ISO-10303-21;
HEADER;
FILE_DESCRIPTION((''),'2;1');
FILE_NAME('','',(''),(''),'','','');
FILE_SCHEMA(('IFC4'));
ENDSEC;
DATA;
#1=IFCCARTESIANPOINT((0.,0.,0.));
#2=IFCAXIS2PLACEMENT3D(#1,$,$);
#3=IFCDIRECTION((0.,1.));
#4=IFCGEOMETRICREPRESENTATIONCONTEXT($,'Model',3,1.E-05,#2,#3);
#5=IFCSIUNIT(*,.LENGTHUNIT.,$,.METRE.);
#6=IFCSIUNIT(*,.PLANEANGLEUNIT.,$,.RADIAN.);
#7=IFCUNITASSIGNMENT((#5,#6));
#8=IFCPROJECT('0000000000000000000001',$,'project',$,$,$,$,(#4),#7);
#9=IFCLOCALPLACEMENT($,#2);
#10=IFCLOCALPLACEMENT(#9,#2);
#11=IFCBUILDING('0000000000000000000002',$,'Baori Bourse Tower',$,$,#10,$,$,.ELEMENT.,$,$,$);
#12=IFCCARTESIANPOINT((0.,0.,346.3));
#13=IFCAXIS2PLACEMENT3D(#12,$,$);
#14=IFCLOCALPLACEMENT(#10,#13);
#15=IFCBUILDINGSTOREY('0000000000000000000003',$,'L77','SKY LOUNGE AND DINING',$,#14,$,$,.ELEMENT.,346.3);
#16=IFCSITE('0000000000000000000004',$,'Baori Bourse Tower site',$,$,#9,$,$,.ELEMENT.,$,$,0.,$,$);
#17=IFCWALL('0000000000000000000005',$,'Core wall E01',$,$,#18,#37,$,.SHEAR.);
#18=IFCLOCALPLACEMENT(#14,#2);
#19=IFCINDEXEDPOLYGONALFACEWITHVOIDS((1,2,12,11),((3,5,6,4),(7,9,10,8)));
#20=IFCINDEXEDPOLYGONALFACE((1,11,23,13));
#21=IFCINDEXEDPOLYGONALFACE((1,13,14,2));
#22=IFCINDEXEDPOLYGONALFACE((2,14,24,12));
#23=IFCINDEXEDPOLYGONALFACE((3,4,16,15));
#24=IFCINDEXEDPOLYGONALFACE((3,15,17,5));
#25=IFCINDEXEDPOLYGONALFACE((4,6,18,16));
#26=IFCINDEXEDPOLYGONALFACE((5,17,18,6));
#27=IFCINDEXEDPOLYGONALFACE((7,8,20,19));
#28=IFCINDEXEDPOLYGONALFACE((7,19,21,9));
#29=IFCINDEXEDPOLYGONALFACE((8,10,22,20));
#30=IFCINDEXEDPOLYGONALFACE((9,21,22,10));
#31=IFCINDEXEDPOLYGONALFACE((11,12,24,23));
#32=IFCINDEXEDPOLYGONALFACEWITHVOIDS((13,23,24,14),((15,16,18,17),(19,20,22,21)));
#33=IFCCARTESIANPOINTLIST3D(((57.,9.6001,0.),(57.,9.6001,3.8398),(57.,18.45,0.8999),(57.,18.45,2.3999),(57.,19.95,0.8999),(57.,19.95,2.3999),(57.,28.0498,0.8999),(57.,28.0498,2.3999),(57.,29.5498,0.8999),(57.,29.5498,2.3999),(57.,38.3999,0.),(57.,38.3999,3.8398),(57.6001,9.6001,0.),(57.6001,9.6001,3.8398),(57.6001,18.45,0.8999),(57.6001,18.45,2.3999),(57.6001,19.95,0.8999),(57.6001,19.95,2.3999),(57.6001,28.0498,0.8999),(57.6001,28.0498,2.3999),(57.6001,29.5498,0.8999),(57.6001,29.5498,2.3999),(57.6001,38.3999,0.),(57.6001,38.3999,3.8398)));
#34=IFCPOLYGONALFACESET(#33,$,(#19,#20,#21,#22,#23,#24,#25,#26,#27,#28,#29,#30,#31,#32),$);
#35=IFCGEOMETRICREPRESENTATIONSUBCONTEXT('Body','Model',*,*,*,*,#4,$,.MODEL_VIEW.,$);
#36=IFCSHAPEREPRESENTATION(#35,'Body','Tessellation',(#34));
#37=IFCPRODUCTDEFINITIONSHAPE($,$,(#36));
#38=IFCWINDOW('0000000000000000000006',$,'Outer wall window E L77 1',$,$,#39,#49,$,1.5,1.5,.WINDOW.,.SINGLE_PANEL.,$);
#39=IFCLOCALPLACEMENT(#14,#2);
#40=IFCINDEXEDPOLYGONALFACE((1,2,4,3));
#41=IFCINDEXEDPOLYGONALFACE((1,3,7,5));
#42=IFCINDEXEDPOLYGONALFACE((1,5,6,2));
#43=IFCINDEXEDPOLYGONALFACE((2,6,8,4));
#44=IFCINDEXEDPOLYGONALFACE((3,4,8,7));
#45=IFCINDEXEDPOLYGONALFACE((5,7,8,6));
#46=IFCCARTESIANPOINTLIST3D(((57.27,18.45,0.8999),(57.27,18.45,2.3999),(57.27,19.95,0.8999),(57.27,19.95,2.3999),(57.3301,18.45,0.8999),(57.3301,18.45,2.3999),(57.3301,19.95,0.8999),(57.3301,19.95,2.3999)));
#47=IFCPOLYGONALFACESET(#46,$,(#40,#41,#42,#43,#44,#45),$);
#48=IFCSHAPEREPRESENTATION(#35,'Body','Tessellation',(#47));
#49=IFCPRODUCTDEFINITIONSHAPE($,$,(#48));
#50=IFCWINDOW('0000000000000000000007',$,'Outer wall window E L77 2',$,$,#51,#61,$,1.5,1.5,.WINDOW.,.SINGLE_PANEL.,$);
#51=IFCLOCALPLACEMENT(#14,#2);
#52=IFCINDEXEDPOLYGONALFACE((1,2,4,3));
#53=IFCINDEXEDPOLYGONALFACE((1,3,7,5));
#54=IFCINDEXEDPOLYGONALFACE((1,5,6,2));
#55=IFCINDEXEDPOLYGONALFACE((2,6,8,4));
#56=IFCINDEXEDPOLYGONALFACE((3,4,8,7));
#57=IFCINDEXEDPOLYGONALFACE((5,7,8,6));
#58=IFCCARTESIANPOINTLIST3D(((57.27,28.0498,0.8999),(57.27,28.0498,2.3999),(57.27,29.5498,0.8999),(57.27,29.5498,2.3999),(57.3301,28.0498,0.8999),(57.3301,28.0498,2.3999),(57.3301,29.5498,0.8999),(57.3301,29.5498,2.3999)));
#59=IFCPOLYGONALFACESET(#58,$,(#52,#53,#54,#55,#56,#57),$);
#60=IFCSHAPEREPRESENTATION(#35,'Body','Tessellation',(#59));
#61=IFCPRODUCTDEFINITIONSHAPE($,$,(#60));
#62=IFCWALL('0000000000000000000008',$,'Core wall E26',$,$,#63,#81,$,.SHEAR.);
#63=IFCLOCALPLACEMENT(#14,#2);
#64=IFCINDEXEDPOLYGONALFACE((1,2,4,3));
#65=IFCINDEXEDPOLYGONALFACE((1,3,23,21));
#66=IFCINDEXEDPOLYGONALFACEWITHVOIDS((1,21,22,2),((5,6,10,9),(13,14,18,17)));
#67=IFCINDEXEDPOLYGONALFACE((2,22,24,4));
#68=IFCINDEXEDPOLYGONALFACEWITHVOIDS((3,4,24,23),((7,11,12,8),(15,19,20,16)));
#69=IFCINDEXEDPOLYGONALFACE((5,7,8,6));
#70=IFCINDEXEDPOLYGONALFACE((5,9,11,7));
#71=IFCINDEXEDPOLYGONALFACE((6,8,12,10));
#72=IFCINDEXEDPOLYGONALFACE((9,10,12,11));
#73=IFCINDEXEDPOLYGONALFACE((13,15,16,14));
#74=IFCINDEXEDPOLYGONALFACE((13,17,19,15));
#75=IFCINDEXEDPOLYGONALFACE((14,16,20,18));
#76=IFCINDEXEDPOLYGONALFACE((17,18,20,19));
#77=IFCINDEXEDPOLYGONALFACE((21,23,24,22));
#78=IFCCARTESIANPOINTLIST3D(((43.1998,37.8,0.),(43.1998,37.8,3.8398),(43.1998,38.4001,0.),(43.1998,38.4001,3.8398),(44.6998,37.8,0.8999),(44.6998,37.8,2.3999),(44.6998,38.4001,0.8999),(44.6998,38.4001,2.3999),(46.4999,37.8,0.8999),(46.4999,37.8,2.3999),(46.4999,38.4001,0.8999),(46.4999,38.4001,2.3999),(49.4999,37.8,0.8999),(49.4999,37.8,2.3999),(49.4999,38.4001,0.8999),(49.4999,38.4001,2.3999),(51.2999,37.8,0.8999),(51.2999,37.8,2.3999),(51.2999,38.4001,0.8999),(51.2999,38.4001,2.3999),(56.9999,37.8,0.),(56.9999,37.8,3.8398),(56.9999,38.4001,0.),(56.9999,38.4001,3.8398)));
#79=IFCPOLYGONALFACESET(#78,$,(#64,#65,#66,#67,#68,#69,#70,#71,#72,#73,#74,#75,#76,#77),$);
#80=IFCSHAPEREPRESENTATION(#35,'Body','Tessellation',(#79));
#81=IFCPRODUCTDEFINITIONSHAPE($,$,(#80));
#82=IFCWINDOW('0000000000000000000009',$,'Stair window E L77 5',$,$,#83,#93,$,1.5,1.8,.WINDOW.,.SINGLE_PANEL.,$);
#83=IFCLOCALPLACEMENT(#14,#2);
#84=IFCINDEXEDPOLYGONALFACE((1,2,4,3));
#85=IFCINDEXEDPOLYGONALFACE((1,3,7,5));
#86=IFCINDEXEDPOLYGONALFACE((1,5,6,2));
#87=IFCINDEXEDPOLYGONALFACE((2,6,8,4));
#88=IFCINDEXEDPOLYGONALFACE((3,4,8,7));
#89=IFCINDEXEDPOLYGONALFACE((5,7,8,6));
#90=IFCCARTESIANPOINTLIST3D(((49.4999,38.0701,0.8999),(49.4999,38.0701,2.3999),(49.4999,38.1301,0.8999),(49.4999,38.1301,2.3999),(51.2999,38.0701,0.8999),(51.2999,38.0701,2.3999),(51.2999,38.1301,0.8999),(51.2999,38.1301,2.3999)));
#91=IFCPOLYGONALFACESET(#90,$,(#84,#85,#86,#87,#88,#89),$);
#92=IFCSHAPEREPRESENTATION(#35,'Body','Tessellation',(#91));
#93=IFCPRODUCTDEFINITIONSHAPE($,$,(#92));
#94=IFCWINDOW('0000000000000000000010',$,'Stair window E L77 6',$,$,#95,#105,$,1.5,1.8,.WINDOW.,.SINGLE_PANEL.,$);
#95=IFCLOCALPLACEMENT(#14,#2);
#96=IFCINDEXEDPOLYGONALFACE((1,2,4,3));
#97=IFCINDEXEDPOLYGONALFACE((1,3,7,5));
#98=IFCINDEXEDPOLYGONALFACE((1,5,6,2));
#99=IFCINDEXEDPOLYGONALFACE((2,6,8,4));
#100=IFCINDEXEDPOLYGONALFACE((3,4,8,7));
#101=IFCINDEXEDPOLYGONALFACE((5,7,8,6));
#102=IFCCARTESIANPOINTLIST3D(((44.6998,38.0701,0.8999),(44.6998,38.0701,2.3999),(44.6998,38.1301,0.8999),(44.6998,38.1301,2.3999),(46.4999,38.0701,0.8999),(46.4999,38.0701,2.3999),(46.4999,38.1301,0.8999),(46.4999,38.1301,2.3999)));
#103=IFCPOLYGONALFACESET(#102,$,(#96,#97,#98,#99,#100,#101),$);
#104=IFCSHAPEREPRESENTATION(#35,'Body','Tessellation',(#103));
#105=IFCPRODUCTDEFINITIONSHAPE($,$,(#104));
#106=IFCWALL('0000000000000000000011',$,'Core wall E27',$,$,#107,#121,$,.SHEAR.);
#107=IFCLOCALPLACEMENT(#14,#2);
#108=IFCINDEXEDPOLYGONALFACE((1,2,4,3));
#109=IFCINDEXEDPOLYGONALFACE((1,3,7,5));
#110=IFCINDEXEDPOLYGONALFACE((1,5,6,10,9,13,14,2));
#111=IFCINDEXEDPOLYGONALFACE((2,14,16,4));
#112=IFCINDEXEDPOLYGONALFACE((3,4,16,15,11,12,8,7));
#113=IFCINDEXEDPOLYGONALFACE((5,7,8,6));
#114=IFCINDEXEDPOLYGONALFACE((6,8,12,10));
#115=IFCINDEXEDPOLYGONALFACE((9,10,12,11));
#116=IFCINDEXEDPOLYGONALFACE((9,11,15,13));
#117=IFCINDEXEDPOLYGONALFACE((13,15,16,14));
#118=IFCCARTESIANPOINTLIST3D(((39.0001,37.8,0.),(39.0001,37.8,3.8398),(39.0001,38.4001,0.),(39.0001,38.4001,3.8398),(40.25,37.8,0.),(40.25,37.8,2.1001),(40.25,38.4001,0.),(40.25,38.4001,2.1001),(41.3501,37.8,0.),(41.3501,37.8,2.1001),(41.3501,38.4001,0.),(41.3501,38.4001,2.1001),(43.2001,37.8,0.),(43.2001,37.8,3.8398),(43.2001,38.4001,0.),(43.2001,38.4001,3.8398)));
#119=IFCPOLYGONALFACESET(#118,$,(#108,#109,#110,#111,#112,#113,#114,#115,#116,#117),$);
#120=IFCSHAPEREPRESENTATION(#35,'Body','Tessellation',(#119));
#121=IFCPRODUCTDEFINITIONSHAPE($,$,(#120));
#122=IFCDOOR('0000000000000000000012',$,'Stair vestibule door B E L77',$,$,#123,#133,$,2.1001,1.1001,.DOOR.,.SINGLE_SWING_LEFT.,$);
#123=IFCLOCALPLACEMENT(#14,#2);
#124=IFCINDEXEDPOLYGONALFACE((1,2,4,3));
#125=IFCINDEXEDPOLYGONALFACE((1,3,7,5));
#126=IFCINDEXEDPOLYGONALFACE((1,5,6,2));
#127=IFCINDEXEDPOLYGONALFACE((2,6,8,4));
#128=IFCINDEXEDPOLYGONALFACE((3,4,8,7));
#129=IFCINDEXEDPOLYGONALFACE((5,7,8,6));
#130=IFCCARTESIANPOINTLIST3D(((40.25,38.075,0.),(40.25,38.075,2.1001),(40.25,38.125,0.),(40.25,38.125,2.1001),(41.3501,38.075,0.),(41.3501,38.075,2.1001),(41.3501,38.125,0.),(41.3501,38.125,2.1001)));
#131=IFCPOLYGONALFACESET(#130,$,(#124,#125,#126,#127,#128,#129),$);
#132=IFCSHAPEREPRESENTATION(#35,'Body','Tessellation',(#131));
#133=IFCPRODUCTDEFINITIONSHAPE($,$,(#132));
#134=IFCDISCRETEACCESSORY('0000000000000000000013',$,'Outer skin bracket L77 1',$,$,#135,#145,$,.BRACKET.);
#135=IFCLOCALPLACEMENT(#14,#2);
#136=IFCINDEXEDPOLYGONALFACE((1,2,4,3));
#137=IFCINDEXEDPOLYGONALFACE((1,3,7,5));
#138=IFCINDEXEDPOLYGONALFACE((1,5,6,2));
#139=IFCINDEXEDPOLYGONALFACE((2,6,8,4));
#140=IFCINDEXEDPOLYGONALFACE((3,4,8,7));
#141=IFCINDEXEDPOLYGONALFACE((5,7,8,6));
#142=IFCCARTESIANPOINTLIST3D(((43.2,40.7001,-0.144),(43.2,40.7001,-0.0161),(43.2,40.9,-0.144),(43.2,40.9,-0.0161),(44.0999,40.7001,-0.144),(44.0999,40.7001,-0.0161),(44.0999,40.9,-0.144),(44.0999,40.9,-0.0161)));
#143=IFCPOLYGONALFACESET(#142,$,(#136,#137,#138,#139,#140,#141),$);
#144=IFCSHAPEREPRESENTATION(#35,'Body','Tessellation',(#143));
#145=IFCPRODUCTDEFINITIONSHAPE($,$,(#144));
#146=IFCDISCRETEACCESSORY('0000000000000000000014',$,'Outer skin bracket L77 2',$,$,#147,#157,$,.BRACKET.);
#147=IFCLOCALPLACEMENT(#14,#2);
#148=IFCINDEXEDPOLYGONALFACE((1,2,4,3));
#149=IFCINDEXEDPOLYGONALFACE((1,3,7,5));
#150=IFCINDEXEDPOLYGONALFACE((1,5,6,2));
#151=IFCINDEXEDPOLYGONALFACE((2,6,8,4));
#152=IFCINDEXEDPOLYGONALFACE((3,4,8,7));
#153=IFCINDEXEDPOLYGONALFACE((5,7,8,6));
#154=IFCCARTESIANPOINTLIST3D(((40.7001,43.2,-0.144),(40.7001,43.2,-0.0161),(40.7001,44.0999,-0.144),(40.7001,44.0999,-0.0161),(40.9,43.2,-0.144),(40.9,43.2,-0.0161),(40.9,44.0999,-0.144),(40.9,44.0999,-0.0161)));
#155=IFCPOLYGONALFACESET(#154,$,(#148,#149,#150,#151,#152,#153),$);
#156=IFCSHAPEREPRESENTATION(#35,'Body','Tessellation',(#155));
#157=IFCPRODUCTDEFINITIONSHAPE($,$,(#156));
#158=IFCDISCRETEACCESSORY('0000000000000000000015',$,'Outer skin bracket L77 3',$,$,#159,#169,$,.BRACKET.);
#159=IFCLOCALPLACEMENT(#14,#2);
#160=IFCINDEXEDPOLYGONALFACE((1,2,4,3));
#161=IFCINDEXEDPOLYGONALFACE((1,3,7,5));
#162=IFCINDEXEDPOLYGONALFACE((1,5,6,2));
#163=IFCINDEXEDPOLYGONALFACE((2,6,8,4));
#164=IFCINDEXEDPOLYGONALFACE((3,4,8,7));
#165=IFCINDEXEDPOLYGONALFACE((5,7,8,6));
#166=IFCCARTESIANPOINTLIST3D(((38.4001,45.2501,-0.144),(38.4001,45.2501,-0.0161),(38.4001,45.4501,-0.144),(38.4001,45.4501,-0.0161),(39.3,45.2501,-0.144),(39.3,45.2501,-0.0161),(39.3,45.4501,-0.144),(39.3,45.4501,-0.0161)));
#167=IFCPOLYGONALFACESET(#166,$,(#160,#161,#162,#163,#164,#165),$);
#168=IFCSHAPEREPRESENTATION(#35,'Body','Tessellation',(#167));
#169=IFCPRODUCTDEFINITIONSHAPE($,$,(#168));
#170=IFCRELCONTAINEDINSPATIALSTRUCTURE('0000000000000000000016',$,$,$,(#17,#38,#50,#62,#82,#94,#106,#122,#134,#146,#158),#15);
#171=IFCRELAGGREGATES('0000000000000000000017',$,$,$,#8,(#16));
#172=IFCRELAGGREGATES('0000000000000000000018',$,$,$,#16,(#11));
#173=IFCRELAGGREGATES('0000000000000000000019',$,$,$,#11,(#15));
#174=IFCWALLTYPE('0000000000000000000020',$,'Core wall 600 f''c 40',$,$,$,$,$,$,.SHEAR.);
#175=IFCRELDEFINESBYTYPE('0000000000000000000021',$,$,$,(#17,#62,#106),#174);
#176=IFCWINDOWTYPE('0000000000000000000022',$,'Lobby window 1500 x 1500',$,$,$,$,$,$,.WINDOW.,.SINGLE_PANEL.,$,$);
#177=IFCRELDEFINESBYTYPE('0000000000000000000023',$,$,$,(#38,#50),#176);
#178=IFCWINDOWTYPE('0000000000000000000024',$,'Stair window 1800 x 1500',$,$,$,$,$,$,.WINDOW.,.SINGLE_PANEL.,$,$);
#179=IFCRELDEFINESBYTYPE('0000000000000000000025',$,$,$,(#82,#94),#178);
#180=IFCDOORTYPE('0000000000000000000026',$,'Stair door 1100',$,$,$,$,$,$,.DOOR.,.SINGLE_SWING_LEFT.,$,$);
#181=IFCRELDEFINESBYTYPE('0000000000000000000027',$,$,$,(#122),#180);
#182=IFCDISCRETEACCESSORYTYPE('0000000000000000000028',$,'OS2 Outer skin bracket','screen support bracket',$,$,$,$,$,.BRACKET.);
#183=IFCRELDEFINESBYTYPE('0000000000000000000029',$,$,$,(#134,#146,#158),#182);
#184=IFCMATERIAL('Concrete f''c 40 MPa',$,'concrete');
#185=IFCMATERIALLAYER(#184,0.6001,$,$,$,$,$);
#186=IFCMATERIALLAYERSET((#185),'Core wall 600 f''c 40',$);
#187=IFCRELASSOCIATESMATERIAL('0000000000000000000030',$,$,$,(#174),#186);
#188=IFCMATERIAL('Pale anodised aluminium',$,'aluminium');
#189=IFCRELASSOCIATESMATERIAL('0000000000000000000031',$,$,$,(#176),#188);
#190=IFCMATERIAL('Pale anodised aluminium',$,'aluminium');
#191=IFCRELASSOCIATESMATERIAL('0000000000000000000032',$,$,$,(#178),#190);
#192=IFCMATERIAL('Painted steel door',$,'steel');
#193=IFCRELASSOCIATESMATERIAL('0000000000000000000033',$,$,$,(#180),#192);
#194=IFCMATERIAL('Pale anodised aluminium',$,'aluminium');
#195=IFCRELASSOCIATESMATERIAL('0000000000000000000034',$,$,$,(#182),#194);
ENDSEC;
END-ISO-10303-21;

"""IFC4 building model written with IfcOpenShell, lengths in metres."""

from ifc_helpers import new_model, si_unit, direction, frame, frame_2d, origin, origin_2d, place, context, subcontext, project, spatial, rectangle, extrude, material, layer, layer_set, type_object, element, fill, save


model = new_model("IFC4")

# Units and contexts
model_context = context("Model", 3, precision=1e-05, world=origin(), true_north=direction((0.0, 1.0)))
body_context = subcontext(model_context, "Body", "Model", "MODEL_VIEW")
ifc_project = project(units=[si_unit("LENGTHUNIT", "METRE"), si_unit("PLANEANGLEUNIT", "RADIAN")], contexts=[model_context])

# Site, building, storey
site_placement = place(None, origin())
site = spatial("IfcSite", under=ifc_project, at=site_placement, Name="Baori Bourse Tower site", CompositionType="ELEMENT", RefElevation=0.0)
building_placement = place(site_placement, origin())
building = spatial("IfcBuilding", under=site, at=building_placement, Name="Baori Bourse Tower", CompositionType="ELEMENT")
storey_placement = place(building_placement, frame((0.0, 0.0, 346.3)))
storey = spatial("IfcBuildingStorey", under=building, at=storey_placement, Name="L77", Description="SKY LOUNGE AND DINING", CompositionType="ELEMENT", Elevation=346.3)

# Walls, openings, windows
ifc_material_1 = material(Name="Concrete f'c 40 MPa", Category="concrete")
ifc_layer_1 = layer(ifc_material_1, 0.6001)
ifc_layer_set_1 = layer_set([ifc_layer_1], Name="Core wall 600 f'c 40")
wall_type = type_object("IfcWallType", Name="Core wall 600 f'c 40", PredefinedType="SHEAR", material=ifc_layer_set_1)
wall_1_placement = place(storey_placement, frame((57.3, 38.3999, 0.0), z_axis=(0.0, 0.0, 1.0), x_axis=(0.0, -1.0, 0.0)))
wall_1 = element("IfcWall", 1, at=wall_1_placement, inside=storey, type_object=wall_type, Name="Core wall E01", PredefinedType="SHEAR", context=body_context, shape_type="SweptSolid", body=[
    extrude(rectangle(XDim=28.7998, YDim=0.6001, at=frame_2d((14.3999, 0.0))), origin(), (0.0, 0.0, 1.0), 3.8398),
])
opening_1_placement = place(wall_1_placement, frame((18.45, 0.0, 0.8999)))
opening_1 = element("IfcOpeningElement", 2, at=opening_1_placement, cuts=wall_1, PredefinedType="OPENING", context=body_context, shape_type="SweptSolid", body=[
    extrude(rectangle(XDim=1.5, YDim=1.5, at=frame_2d((0.75, 0.75))), frame((0.0, 0.3101, 0.0), z_axis=(0.0, -1.0, 0.0), x_axis=(1.0, 0.0, 0.0)), (0.0, 0.0, 1.0), 0.6201),
])
opening_2_placement = place(wall_1_placement, frame((8.8501, 0.0, 0.8999)))
opening_2 = element("IfcOpeningElement", 3, at=opening_2_placement, cuts=wall_1, PredefinedType="OPENING", context=body_context, shape_type="SweptSolid", body=[
    extrude(rectangle(XDim=1.5, YDim=1.5, at=frame_2d((0.75, 0.75))), frame((0.0, 0.3101, 0.0), z_axis=(0.0, -1.0, 0.0), x_axis=(1.0, 0.0, 0.0)), (0.0, 0.0, 1.0), 0.6201),
])
ifc_material_2 = material(Name="Pale anodised aluminium", Category="aluminium")
window_type_1 = type_object("IfcWindowType", Name="Lobby window 1500 x 1500", PartitioningType="SINGLE_PANEL", PredefinedType="WINDOW", material=ifc_material_2)
window_1_placement = place(opening_1_placement, origin())
window_1 = element("IfcWindow", 4, at=window_1_placement, inside=storey, type_object=window_type_1, Name="Outer wall window E L77 1", OverallHeight=1.5, OverallWidth=1.5, PartitioningType="SINGLE_PANEL", PredefinedType="WINDOW", context=body_context, shape_type="SweptSolid", body=[
    extrude(rectangle(XDim=1.5, YDim=1.5, at=frame_2d((0.75, 0.75))), frame((0.0, 0.03, 0.0), z_axis=(0.0, -1.0, 0.0), x_axis=(1.0, 0.0, 0.0)), (0.0, 0.0, 1.0), 0.0601),
])
fill(opening_1, window_1)
window_2_placement = place(opening_2_placement, origin())
window_2 = element("IfcWindow", 5, at=window_2_placement, inside=storey, type_object=window_type_1, Name="Outer wall window E L77 2", OverallHeight=1.5, OverallWidth=1.5, PartitioningType="SINGLE_PANEL", PredefinedType="WINDOW", context=body_context, shape_type="SweptSolid", body=[
    extrude(rectangle(XDim=1.5, YDim=1.5, at=frame_2d((0.75, 0.75))), frame((0.0, 0.03, 0.0), z_axis=(0.0, -1.0, 0.0), x_axis=(1.0, 0.0, 0.0)), (0.0, 0.0, 1.0), 0.0601),
])
fill(opening_2, window_2)
wall_2_placement = place(storey_placement, frame((43.2, 38.1001, 0.0), z_axis=(0.0, 0.0, 1.0), x_axis=(1.0, 0.0, 0.0)))
wall_2 = element("IfcWall", 6, at=wall_2_placement, inside=storey, type_object=wall_type, Name="Core wall E26", PredefinedType="SHEAR", context=body_context, shape_type="SweptSolid", body=[
    extrude(rectangle(XDim=13.8, YDim=0.6001, at=frame_2d((6.8999, 0.0))), origin(), (0.0, 0.0, 1.0), 3.8398),
])
opening_3_placement = place(wall_2_placement, frame((6.3, 0.0, 0.8999)))
opening_3 = element("IfcOpeningElement", 7, at=opening_3_placement, cuts=wall_2, PredefinedType="OPENING", context=body_context, shape_type="SweptSolid", body=[
    extrude(rectangle(XDim=1.8, YDim=1.5, at=frame_2d((0.8999, 0.75))), frame((0.0, 0.3101, 0.0), z_axis=(0.0, -1.0, 0.0), x_axis=(1.0, 0.0, 0.0)), (0.0, 0.0, 1.0), 0.6201),
])
opening_4_placement = place(wall_2_placement, frame((1.5, 0.0, 0.8999)))
opening_4 = element("IfcOpeningElement", 8, at=opening_4_placement, cuts=wall_2, PredefinedType="OPENING", context=body_context, shape_type="SweptSolid", body=[
    extrude(rectangle(XDim=1.8, YDim=1.5, at=frame_2d((0.8999, 0.75))), frame((0.0, 0.3101, 0.0), z_axis=(0.0, -1.0, 0.0), x_axis=(1.0, 0.0, 0.0)), (0.0, 0.0, 1.0), 0.6201),
])
ifc_material_3 = material(Name="Pale anodised aluminium", Category="aluminium")
window_type_2 = type_object("IfcWindowType", Name="Stair window 1800 x 1500", PartitioningType="SINGLE_PANEL", PredefinedType="WINDOW", material=ifc_material_3)
window_3_placement = place(opening_3_placement, origin())
window_3 = element("IfcWindow", 9, at=window_3_placement, inside=storey, type_object=window_type_2, Name="Stair window E L77 5", OverallHeight=1.5, OverallWidth=1.8, PartitioningType="SINGLE_PANEL", PredefinedType="WINDOW", context=body_context, shape_type="SweptSolid", body=[
    extrude(rectangle(XDim=1.8, YDim=1.5, at=frame_2d((0.8999, 0.75))), frame((0.0, 0.03, 0.0), z_axis=(0.0, -1.0, 0.0), x_axis=(1.0, 0.0, 0.0)), (0.0, 0.0, 1.0), 0.0601),
])
fill(opening_3, window_3)
window_4_placement = place(opening_4_placement, origin())
window_4 = element("IfcWindow", 10, at=window_4_placement, inside=storey, type_object=window_type_2, Name="Stair window E L77 6", OverallHeight=1.5, OverallWidth=1.8, PartitioningType="SINGLE_PANEL", PredefinedType="WINDOW", context=body_context, shape_type="SweptSolid", body=[
    extrude(rectangle(XDim=1.8, YDim=1.5, at=frame_2d((0.8999, 0.75))), frame((0.0, 0.03, 0.0), z_axis=(0.0, -1.0, 0.0), x_axis=(1.0, 0.0, 0.0)), (0.0, 0.0, 1.0), 0.0601),
])
fill(opening_4, window_4)

# Wall, opening, door
wall_3_placement = place(storey_placement, frame((39.0, 38.1001, 0.0), z_axis=(0.0, 0.0, 1.0), x_axis=(1.0, 0.0, 0.0)))
wall_3 = element("IfcWall", 11, at=wall_3_placement, inside=storey, type_object=wall_type, Name="Core wall E27", PredefinedType="SHEAR", context=body_context, shape_type="SweptSolid", body=[
    extrude(rectangle(XDim=4.2, YDim=0.6001, at=frame_2d((2.1001, 0.0))), origin(), (0.0, 0.0, 1.0), 3.8398),
])
opening_5_placement = place(wall_3_placement, frame((1.25, 0.0, 0.0)))
opening_5 = element("IfcOpeningElement", 12, at=opening_5_placement, cuts=wall_3, PredefinedType="OPENING", context=body_context, shape_type="SweptSolid", body=[
    extrude(rectangle(XDim=1.1001, YDim=2.1001, at=frame_2d((0.55, 1.05))), frame((0.0, 0.3101, 0.0), z_axis=(0.0, -1.0, 0.0), x_axis=(1.0, 0.0, 0.0)), (0.0, 0.0, 1.0), 0.6201),
])
ifc_material_4 = material(Name="Painted steel door", Category="steel")
door_type = type_object("IfcDoorType", Name="Stair door 1100", OperationType="SINGLE_SWING_LEFT", PredefinedType="DOOR", material=ifc_material_4)
door_placement = place(opening_5_placement, origin())
door = element("IfcDoor", 13, at=door_placement, inside=storey, type_object=door_type, Name="Stair vestibule door B E L77", OperationType="SINGLE_SWING_LEFT", OverallHeight=2.1001, OverallWidth=1.1001, PredefinedType="DOOR", context=body_context, shape_type="SweptSolid", body=[
    extrude(rectangle(XDim=1.1001, YDim=2.1001, at=frame_2d((0.55, 1.05))), frame((0.0, 0.0249, 0.0), z_axis=(0.0, -1.0, 0.0), x_axis=(1.0, 0.0, 0.0)), (0.0, 0.0, 1.0), 0.05),
])
fill(opening_5, door)

# Discrete accessories
ifc_material_5 = material(Name="Pale anodised aluminium", Category="aluminium")
discrete_accessory_type = type_object("IfcDiscreteAccessoryType", Name="OS2 Outer skin bracket", Description="screen support bracket", PredefinedType="BRACKET", material=ifc_material_5)
for number, where, z_axis, x_axis, name in (
    (14, (43.6499, 40.8, -0.144), (0.0, 0.0, 1.0), (0.0, 1.0, 0.0), "Outer skin bracket L77 1"),
    (15, (40.8, 43.6499, -0.144), (0.0, 0.0, 1.0), (-1.0, 0.0, 0.0), "Outer skin bracket L77 2"),
    (16, (38.8501, 45.3501, -0.144), (0.0, 0.0, 1.0), (0.0, 1.0, 0.0), "Outer skin bracket L77 3"),
):
    element("IfcDiscreteAccessory", number, at=place(storey_placement, frame(where, z_axis=z_axis, x_axis=x_axis)), inside=storey, type_object=discrete_accessory_type, Name=name, PredefinedType="BRACKET", context=body_context, shape_type="SweptSolid", body=[
        extrude(rectangle(XDim=0.2, YDim=0.8999, at=origin_2d()), origin(), (0.0, 0.0, 1.0), 0.1279),
    ])

save(model, "model.ifc")
